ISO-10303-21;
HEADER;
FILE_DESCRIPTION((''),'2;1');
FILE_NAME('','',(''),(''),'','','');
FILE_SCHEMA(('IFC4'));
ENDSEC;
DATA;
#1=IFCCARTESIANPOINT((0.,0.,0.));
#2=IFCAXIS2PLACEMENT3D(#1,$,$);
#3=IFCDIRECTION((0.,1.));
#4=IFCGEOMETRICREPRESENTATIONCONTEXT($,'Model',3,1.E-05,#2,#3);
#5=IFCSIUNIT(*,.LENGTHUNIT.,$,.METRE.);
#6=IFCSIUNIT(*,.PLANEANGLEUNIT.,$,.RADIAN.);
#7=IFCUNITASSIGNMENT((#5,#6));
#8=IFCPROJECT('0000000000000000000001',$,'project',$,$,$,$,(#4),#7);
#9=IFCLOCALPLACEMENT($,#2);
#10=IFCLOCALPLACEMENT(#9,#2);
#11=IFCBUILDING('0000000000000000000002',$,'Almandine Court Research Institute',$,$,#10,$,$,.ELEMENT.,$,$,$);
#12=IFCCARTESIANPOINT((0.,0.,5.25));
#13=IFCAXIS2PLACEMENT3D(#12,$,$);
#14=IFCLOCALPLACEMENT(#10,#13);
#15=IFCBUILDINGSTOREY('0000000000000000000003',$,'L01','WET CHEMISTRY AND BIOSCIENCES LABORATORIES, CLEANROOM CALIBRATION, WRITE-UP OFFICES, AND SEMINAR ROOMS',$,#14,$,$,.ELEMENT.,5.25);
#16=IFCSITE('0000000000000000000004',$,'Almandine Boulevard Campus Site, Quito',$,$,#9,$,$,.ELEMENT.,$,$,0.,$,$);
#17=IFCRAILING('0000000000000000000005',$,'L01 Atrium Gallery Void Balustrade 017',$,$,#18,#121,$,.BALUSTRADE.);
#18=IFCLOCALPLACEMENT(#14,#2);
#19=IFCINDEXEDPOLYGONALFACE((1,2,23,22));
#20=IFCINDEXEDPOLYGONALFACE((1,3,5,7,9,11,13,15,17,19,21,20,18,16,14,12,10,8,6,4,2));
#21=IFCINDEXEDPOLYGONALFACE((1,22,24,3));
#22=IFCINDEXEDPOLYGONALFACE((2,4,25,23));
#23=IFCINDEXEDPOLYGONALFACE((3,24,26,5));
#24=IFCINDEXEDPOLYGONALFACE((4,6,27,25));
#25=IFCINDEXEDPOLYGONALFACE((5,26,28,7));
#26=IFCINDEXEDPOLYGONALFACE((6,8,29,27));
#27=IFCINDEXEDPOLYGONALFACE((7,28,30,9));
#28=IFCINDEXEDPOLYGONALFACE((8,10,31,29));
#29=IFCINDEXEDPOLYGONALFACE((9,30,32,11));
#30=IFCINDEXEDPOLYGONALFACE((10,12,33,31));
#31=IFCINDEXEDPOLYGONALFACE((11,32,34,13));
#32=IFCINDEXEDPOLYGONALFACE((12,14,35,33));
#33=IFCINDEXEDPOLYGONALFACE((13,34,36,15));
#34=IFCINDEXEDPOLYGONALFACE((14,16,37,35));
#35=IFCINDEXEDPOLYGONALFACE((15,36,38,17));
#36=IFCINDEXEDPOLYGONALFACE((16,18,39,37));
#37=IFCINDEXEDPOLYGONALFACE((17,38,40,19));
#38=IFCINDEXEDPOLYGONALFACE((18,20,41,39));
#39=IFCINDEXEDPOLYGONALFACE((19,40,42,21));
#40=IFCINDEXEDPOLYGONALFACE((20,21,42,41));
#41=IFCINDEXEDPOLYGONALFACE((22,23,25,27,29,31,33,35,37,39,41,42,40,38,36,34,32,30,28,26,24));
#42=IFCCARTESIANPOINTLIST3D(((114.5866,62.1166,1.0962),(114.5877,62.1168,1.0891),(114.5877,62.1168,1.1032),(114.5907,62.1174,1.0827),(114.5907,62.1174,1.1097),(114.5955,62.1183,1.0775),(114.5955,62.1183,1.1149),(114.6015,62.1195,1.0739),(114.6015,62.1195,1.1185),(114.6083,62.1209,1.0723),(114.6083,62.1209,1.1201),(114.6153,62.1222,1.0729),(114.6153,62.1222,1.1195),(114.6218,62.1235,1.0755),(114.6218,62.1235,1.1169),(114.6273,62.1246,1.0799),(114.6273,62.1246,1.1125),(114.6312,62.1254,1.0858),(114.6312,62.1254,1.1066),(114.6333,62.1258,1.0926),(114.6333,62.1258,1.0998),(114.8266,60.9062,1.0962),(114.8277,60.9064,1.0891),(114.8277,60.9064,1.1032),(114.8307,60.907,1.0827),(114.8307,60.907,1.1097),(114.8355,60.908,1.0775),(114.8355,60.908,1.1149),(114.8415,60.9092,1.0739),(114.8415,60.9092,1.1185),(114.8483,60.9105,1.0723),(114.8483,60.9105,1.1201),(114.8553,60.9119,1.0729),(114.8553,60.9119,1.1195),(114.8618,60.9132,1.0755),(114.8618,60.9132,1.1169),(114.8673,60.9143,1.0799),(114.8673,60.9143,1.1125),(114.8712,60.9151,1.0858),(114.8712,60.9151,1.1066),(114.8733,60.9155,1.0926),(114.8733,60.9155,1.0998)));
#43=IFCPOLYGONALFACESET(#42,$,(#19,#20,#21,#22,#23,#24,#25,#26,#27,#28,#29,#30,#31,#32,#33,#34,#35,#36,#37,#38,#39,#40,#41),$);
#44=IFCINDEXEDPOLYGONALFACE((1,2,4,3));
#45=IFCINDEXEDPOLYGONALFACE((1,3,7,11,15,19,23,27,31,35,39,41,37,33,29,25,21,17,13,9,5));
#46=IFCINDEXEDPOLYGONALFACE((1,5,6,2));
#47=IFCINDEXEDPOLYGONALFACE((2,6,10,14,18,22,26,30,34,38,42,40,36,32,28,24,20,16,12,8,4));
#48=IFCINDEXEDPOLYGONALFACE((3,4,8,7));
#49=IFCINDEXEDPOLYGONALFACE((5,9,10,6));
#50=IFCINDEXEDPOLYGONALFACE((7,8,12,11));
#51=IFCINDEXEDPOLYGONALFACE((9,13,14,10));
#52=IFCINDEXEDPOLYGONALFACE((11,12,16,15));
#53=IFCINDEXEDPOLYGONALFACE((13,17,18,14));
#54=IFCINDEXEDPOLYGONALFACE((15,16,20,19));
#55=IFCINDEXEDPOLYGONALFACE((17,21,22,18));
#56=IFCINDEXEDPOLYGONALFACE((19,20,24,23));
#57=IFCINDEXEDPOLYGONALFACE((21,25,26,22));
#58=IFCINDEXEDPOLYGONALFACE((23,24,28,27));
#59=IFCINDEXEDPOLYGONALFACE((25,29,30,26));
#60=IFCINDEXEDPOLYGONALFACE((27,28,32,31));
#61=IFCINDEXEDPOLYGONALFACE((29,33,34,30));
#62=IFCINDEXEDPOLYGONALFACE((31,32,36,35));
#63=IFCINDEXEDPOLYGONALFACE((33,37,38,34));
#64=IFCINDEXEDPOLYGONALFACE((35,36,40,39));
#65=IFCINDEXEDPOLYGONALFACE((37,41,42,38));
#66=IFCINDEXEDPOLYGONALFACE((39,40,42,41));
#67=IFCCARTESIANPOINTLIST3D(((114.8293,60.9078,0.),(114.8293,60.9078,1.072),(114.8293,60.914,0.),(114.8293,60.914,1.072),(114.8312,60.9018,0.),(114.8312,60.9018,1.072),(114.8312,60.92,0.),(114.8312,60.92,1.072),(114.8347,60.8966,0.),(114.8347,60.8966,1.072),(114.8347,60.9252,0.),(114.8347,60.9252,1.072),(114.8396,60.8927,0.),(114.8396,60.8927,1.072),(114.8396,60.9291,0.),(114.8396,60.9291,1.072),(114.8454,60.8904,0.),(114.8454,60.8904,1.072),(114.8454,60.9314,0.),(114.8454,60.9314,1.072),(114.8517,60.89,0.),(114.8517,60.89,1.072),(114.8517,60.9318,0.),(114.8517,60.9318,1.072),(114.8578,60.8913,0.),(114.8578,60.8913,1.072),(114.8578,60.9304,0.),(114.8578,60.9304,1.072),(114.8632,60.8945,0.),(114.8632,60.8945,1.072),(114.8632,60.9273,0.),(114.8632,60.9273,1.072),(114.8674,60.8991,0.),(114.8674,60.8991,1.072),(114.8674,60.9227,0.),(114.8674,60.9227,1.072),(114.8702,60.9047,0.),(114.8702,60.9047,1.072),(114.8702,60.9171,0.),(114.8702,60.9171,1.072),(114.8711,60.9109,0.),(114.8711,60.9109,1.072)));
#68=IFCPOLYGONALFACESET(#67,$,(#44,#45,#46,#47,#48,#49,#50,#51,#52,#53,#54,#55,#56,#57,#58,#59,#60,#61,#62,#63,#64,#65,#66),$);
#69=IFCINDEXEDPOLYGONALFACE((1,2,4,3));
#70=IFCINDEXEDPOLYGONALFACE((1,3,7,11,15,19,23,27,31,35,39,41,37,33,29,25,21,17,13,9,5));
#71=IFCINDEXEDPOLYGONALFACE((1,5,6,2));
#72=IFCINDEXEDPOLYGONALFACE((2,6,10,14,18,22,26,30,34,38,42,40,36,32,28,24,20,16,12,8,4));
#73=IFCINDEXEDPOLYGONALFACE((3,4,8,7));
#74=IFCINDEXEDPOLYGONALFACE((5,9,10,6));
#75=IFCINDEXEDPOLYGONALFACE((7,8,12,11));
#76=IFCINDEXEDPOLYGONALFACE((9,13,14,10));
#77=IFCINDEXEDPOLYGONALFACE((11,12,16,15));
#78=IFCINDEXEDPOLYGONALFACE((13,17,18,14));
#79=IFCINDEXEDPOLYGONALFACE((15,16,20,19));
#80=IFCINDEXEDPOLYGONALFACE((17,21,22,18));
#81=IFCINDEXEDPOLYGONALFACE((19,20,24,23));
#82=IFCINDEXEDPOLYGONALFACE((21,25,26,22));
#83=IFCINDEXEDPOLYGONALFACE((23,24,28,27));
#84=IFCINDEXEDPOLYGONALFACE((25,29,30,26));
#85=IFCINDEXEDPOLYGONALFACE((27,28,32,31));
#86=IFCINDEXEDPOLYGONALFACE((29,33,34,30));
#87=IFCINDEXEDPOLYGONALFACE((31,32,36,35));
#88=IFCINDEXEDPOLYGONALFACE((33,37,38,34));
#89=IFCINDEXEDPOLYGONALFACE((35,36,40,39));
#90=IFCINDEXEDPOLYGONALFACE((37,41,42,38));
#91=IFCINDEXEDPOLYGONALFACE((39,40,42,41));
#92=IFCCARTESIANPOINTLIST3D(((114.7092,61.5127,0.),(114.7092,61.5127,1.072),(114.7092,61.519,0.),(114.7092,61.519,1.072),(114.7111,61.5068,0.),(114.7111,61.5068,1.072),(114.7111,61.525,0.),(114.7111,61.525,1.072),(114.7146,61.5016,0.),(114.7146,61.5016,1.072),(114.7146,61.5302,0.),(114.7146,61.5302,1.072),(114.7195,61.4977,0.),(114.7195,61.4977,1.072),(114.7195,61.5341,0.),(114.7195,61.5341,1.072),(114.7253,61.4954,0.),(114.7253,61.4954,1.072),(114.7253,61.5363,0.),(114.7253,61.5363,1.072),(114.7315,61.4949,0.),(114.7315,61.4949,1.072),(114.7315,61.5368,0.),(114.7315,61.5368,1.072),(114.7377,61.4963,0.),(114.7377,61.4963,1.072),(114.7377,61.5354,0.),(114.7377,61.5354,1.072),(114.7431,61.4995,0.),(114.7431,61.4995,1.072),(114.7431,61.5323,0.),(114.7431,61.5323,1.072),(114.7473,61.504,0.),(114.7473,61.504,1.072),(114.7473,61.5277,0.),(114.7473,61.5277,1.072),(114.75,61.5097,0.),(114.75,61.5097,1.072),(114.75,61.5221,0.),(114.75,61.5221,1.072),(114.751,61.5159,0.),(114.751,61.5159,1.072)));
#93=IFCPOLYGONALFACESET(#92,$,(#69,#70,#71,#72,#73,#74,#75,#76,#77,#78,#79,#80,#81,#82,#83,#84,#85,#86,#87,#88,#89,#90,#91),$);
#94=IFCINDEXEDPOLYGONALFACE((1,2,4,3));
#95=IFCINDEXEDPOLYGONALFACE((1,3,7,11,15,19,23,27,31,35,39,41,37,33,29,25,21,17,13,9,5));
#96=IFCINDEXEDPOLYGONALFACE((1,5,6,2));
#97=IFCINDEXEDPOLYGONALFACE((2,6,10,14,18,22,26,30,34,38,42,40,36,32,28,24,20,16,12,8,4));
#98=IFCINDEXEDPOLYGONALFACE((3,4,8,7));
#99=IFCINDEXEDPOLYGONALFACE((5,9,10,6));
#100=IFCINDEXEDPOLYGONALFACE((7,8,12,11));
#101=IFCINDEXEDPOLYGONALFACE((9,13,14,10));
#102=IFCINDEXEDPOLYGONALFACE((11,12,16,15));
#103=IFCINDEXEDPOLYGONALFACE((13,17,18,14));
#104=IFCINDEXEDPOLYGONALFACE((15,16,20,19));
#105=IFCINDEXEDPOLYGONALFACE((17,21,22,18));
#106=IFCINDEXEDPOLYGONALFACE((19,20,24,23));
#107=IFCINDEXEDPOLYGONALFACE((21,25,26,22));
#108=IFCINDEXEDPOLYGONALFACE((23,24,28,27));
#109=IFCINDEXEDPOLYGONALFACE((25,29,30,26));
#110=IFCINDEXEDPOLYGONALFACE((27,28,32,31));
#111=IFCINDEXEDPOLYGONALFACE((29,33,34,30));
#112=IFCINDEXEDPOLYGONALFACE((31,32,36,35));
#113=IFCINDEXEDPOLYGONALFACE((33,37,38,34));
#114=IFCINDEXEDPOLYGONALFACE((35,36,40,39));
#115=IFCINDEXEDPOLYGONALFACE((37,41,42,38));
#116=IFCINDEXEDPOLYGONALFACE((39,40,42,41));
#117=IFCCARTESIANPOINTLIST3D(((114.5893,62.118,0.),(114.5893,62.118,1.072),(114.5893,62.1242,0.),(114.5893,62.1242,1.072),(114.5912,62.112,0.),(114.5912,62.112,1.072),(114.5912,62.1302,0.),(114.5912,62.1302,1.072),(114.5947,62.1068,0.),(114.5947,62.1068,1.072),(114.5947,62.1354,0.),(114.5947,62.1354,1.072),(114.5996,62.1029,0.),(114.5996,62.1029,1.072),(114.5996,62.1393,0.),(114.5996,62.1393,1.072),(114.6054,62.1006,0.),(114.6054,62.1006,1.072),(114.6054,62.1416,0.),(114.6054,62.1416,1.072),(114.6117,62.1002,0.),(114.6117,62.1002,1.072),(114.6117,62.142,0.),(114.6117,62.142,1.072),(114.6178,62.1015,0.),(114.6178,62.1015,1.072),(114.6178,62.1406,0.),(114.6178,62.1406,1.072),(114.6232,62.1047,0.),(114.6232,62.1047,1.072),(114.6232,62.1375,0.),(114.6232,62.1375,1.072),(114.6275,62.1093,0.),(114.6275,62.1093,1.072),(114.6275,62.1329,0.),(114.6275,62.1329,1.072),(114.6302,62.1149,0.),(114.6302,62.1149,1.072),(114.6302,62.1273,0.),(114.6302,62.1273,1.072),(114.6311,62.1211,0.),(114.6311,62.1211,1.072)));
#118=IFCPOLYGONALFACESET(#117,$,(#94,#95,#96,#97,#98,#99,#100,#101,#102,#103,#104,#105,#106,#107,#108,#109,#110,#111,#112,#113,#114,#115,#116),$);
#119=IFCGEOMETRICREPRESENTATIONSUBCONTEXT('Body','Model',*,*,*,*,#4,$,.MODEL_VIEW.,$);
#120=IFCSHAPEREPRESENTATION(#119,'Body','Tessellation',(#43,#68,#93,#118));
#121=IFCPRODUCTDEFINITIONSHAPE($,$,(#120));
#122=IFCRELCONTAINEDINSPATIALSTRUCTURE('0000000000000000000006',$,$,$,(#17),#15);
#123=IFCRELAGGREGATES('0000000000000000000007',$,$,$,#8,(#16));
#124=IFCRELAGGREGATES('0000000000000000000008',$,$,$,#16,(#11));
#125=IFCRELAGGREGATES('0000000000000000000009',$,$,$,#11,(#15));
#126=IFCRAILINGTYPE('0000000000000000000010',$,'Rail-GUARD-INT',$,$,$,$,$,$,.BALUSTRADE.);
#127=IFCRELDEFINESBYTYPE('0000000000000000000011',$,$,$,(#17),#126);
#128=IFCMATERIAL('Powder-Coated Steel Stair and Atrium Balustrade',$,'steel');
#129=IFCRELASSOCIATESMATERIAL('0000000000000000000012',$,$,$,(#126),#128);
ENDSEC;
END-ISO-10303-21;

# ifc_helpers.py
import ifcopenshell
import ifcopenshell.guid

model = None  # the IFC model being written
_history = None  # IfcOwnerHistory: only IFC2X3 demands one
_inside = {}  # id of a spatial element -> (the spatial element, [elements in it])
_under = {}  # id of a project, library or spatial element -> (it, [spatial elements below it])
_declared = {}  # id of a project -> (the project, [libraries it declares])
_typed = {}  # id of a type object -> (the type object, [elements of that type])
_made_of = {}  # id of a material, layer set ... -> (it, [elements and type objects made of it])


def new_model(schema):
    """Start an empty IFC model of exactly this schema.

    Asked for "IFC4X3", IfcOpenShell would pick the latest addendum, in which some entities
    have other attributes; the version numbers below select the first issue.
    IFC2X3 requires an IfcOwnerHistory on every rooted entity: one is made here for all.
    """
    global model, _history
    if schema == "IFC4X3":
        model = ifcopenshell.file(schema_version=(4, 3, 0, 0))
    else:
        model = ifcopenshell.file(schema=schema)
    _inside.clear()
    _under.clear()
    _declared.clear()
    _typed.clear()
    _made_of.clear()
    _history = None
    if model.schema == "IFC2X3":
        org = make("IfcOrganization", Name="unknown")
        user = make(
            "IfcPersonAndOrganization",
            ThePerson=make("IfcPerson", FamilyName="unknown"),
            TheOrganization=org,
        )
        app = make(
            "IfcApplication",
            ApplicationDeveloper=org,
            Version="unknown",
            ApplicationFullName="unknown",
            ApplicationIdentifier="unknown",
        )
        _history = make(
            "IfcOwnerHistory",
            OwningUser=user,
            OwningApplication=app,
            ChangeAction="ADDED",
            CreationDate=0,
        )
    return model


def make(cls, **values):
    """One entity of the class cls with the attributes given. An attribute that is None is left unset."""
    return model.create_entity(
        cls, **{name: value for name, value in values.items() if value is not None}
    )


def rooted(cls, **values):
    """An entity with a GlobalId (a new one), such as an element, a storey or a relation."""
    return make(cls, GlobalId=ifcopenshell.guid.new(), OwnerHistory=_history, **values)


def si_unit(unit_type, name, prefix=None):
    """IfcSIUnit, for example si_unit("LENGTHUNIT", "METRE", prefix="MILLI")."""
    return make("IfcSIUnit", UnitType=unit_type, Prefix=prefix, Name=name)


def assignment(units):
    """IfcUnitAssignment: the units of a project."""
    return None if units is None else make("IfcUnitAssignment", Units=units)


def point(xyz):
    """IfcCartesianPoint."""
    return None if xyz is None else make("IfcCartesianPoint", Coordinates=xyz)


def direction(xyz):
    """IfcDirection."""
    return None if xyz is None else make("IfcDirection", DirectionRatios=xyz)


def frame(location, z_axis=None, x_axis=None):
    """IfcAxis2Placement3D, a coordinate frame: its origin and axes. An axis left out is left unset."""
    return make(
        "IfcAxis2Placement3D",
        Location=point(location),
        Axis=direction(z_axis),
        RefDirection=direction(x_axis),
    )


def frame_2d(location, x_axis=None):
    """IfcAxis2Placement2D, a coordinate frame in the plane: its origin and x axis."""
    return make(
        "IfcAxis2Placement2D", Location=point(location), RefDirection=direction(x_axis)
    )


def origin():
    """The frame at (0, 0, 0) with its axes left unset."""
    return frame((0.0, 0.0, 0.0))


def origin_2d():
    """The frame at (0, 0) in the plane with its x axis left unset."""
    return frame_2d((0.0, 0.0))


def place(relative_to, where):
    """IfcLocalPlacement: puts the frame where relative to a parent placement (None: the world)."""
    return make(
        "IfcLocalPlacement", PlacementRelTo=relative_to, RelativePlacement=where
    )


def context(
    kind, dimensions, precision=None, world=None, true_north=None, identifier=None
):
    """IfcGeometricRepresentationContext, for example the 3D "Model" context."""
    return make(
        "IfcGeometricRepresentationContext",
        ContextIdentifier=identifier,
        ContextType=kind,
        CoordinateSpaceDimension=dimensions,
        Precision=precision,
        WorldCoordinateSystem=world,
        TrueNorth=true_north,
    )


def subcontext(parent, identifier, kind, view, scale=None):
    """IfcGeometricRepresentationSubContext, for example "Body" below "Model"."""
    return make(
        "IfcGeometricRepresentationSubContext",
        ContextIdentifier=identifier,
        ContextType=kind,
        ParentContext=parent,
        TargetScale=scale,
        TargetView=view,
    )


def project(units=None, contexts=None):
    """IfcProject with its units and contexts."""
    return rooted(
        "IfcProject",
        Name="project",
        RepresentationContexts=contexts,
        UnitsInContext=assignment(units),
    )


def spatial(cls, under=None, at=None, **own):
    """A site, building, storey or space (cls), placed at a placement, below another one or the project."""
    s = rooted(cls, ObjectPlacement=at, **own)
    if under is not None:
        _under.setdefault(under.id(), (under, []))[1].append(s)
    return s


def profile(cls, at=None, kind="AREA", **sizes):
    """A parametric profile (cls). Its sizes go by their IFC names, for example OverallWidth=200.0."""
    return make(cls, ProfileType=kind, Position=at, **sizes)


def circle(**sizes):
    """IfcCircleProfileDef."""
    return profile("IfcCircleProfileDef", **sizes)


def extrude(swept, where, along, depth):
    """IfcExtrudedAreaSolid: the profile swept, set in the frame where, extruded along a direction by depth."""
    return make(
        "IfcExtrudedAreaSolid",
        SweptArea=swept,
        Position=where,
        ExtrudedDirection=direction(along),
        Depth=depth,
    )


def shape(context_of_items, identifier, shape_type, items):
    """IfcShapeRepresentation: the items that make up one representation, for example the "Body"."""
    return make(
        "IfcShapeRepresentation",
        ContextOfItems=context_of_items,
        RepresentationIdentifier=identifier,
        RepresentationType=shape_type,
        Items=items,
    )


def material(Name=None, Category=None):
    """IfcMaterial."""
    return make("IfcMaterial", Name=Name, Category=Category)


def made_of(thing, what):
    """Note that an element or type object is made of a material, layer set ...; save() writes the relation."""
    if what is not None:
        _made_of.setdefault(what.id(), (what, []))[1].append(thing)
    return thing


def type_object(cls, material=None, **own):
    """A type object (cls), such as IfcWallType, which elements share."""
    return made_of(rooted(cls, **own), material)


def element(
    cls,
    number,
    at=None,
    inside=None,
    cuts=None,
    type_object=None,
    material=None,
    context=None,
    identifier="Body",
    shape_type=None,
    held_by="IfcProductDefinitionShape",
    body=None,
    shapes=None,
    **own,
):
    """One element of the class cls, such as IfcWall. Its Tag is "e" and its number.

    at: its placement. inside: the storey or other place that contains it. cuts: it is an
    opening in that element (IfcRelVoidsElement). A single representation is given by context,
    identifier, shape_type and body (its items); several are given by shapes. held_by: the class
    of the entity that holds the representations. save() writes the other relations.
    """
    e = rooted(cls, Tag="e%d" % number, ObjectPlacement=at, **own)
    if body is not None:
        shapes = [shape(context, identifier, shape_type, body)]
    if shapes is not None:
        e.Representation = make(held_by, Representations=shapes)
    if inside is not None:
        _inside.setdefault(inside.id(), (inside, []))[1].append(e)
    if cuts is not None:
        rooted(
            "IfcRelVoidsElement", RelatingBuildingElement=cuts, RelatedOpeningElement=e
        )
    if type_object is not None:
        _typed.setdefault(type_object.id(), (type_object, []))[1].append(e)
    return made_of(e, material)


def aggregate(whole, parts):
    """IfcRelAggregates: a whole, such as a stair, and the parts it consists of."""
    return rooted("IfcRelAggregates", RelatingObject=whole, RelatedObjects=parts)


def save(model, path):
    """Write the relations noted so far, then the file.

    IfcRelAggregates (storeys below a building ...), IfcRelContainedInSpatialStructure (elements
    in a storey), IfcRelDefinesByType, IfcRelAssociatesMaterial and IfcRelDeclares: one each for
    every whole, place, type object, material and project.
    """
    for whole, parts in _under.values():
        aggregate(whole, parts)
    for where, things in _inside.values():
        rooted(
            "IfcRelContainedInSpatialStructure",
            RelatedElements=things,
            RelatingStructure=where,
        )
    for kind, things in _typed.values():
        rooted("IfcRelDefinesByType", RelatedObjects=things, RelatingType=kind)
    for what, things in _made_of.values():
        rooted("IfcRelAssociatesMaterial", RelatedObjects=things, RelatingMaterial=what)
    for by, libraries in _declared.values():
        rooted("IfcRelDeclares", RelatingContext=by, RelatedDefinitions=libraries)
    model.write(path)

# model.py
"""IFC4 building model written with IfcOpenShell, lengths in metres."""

from ifc_helpers import new_model, si_unit, direction, frame, origin, origin_2d, place, context, subcontext, project, spatial, circle, extrude, material, type_object, element, save


model = new_model("IFC4")

# Units and contexts
model_context = context("Model", 3, precision=1e-05, world=origin(), true_north=direction((0.0, 1.0)))
body_context = subcontext(model_context, "Body", "Model", "MODEL_VIEW")
ifc_project = project(units=[si_unit("LENGTHUNIT", "METRE"), si_unit("PLANEANGLEUNIT", "RADIAN")], contexts=[model_context])

# Site, building, storey
site_placement = place(None, origin())
site = spatial("IfcSite", under=ifc_project, at=site_placement, Name="Almandine Boulevard Campus Site, Quito", CompositionType="ELEMENT", RefElevation=0.0)
building_placement = place(site_placement, origin())
building = spatial("IfcBuilding", under=site, at=building_placement, Name="Almandine Court Research Institute", CompositionType="ELEMENT")
storey_placement = place(building_placement, frame((0.0, 0.0, 5.25)))
storey = spatial("IfcBuildingStorey", under=building, at=storey_placement, Name="L01", Description="WET CHEMISTRY AND BIOSCIENCES LABORATORIES, CLEANROOM CALIBRATION, WRITE-UP OFFICES, AND SEMINAR ROOMS", CompositionType="ELEMENT", Elevation=5.25)

# Railing
ifc_material_1 = material(Name="Powder-Coated Steel Stair and Atrium Balustrade", Category="steel")
railing_type = type_object("IfcRailingType", Name="Rail-GUARD-INT", PredefinedType="BALUSTRADE", material=ifc_material_1)
railing_1_placement = place(storey_placement, frame((114.8501, 60.9109, 0.0)))
element("IfcRailing", 1, at=railing_1_placement, inside=storey, type_object=railing_type, Name="L01 Atrium Gallery Void Balustrade 017", PredefinedType="BALUSTRADE", context=body_context, shape_type="SweptSolid", body=[
    extrude(circle(Radius=0.0239, at=origin_2d()), frame((0.0, 0.0, 1.0962), z_axis=(-0.194518, 0.980899, 0.0), x_axis=(-0.980899, -0.194518, 0.0)), (0.0, 0.0, 1.0), 1.2339),
    extrude(circle(Radius=0.021, at=origin_2d()), origin(), (0.0, 0.0, 1.0), 1.072),
    extrude(circle(Radius=0.021, at=origin_2d()), frame((-0.1201, 0.605, 0.0)), (0.0, 0.0, 1.0), 1.072),
    extrude(circle(Radius=0.021, at=origin_2d()), frame((-0.24, 1.2102, 0.0)), (0.0, 0.0, 1.0), 1.072),
])

save(model, "model.ifc")
